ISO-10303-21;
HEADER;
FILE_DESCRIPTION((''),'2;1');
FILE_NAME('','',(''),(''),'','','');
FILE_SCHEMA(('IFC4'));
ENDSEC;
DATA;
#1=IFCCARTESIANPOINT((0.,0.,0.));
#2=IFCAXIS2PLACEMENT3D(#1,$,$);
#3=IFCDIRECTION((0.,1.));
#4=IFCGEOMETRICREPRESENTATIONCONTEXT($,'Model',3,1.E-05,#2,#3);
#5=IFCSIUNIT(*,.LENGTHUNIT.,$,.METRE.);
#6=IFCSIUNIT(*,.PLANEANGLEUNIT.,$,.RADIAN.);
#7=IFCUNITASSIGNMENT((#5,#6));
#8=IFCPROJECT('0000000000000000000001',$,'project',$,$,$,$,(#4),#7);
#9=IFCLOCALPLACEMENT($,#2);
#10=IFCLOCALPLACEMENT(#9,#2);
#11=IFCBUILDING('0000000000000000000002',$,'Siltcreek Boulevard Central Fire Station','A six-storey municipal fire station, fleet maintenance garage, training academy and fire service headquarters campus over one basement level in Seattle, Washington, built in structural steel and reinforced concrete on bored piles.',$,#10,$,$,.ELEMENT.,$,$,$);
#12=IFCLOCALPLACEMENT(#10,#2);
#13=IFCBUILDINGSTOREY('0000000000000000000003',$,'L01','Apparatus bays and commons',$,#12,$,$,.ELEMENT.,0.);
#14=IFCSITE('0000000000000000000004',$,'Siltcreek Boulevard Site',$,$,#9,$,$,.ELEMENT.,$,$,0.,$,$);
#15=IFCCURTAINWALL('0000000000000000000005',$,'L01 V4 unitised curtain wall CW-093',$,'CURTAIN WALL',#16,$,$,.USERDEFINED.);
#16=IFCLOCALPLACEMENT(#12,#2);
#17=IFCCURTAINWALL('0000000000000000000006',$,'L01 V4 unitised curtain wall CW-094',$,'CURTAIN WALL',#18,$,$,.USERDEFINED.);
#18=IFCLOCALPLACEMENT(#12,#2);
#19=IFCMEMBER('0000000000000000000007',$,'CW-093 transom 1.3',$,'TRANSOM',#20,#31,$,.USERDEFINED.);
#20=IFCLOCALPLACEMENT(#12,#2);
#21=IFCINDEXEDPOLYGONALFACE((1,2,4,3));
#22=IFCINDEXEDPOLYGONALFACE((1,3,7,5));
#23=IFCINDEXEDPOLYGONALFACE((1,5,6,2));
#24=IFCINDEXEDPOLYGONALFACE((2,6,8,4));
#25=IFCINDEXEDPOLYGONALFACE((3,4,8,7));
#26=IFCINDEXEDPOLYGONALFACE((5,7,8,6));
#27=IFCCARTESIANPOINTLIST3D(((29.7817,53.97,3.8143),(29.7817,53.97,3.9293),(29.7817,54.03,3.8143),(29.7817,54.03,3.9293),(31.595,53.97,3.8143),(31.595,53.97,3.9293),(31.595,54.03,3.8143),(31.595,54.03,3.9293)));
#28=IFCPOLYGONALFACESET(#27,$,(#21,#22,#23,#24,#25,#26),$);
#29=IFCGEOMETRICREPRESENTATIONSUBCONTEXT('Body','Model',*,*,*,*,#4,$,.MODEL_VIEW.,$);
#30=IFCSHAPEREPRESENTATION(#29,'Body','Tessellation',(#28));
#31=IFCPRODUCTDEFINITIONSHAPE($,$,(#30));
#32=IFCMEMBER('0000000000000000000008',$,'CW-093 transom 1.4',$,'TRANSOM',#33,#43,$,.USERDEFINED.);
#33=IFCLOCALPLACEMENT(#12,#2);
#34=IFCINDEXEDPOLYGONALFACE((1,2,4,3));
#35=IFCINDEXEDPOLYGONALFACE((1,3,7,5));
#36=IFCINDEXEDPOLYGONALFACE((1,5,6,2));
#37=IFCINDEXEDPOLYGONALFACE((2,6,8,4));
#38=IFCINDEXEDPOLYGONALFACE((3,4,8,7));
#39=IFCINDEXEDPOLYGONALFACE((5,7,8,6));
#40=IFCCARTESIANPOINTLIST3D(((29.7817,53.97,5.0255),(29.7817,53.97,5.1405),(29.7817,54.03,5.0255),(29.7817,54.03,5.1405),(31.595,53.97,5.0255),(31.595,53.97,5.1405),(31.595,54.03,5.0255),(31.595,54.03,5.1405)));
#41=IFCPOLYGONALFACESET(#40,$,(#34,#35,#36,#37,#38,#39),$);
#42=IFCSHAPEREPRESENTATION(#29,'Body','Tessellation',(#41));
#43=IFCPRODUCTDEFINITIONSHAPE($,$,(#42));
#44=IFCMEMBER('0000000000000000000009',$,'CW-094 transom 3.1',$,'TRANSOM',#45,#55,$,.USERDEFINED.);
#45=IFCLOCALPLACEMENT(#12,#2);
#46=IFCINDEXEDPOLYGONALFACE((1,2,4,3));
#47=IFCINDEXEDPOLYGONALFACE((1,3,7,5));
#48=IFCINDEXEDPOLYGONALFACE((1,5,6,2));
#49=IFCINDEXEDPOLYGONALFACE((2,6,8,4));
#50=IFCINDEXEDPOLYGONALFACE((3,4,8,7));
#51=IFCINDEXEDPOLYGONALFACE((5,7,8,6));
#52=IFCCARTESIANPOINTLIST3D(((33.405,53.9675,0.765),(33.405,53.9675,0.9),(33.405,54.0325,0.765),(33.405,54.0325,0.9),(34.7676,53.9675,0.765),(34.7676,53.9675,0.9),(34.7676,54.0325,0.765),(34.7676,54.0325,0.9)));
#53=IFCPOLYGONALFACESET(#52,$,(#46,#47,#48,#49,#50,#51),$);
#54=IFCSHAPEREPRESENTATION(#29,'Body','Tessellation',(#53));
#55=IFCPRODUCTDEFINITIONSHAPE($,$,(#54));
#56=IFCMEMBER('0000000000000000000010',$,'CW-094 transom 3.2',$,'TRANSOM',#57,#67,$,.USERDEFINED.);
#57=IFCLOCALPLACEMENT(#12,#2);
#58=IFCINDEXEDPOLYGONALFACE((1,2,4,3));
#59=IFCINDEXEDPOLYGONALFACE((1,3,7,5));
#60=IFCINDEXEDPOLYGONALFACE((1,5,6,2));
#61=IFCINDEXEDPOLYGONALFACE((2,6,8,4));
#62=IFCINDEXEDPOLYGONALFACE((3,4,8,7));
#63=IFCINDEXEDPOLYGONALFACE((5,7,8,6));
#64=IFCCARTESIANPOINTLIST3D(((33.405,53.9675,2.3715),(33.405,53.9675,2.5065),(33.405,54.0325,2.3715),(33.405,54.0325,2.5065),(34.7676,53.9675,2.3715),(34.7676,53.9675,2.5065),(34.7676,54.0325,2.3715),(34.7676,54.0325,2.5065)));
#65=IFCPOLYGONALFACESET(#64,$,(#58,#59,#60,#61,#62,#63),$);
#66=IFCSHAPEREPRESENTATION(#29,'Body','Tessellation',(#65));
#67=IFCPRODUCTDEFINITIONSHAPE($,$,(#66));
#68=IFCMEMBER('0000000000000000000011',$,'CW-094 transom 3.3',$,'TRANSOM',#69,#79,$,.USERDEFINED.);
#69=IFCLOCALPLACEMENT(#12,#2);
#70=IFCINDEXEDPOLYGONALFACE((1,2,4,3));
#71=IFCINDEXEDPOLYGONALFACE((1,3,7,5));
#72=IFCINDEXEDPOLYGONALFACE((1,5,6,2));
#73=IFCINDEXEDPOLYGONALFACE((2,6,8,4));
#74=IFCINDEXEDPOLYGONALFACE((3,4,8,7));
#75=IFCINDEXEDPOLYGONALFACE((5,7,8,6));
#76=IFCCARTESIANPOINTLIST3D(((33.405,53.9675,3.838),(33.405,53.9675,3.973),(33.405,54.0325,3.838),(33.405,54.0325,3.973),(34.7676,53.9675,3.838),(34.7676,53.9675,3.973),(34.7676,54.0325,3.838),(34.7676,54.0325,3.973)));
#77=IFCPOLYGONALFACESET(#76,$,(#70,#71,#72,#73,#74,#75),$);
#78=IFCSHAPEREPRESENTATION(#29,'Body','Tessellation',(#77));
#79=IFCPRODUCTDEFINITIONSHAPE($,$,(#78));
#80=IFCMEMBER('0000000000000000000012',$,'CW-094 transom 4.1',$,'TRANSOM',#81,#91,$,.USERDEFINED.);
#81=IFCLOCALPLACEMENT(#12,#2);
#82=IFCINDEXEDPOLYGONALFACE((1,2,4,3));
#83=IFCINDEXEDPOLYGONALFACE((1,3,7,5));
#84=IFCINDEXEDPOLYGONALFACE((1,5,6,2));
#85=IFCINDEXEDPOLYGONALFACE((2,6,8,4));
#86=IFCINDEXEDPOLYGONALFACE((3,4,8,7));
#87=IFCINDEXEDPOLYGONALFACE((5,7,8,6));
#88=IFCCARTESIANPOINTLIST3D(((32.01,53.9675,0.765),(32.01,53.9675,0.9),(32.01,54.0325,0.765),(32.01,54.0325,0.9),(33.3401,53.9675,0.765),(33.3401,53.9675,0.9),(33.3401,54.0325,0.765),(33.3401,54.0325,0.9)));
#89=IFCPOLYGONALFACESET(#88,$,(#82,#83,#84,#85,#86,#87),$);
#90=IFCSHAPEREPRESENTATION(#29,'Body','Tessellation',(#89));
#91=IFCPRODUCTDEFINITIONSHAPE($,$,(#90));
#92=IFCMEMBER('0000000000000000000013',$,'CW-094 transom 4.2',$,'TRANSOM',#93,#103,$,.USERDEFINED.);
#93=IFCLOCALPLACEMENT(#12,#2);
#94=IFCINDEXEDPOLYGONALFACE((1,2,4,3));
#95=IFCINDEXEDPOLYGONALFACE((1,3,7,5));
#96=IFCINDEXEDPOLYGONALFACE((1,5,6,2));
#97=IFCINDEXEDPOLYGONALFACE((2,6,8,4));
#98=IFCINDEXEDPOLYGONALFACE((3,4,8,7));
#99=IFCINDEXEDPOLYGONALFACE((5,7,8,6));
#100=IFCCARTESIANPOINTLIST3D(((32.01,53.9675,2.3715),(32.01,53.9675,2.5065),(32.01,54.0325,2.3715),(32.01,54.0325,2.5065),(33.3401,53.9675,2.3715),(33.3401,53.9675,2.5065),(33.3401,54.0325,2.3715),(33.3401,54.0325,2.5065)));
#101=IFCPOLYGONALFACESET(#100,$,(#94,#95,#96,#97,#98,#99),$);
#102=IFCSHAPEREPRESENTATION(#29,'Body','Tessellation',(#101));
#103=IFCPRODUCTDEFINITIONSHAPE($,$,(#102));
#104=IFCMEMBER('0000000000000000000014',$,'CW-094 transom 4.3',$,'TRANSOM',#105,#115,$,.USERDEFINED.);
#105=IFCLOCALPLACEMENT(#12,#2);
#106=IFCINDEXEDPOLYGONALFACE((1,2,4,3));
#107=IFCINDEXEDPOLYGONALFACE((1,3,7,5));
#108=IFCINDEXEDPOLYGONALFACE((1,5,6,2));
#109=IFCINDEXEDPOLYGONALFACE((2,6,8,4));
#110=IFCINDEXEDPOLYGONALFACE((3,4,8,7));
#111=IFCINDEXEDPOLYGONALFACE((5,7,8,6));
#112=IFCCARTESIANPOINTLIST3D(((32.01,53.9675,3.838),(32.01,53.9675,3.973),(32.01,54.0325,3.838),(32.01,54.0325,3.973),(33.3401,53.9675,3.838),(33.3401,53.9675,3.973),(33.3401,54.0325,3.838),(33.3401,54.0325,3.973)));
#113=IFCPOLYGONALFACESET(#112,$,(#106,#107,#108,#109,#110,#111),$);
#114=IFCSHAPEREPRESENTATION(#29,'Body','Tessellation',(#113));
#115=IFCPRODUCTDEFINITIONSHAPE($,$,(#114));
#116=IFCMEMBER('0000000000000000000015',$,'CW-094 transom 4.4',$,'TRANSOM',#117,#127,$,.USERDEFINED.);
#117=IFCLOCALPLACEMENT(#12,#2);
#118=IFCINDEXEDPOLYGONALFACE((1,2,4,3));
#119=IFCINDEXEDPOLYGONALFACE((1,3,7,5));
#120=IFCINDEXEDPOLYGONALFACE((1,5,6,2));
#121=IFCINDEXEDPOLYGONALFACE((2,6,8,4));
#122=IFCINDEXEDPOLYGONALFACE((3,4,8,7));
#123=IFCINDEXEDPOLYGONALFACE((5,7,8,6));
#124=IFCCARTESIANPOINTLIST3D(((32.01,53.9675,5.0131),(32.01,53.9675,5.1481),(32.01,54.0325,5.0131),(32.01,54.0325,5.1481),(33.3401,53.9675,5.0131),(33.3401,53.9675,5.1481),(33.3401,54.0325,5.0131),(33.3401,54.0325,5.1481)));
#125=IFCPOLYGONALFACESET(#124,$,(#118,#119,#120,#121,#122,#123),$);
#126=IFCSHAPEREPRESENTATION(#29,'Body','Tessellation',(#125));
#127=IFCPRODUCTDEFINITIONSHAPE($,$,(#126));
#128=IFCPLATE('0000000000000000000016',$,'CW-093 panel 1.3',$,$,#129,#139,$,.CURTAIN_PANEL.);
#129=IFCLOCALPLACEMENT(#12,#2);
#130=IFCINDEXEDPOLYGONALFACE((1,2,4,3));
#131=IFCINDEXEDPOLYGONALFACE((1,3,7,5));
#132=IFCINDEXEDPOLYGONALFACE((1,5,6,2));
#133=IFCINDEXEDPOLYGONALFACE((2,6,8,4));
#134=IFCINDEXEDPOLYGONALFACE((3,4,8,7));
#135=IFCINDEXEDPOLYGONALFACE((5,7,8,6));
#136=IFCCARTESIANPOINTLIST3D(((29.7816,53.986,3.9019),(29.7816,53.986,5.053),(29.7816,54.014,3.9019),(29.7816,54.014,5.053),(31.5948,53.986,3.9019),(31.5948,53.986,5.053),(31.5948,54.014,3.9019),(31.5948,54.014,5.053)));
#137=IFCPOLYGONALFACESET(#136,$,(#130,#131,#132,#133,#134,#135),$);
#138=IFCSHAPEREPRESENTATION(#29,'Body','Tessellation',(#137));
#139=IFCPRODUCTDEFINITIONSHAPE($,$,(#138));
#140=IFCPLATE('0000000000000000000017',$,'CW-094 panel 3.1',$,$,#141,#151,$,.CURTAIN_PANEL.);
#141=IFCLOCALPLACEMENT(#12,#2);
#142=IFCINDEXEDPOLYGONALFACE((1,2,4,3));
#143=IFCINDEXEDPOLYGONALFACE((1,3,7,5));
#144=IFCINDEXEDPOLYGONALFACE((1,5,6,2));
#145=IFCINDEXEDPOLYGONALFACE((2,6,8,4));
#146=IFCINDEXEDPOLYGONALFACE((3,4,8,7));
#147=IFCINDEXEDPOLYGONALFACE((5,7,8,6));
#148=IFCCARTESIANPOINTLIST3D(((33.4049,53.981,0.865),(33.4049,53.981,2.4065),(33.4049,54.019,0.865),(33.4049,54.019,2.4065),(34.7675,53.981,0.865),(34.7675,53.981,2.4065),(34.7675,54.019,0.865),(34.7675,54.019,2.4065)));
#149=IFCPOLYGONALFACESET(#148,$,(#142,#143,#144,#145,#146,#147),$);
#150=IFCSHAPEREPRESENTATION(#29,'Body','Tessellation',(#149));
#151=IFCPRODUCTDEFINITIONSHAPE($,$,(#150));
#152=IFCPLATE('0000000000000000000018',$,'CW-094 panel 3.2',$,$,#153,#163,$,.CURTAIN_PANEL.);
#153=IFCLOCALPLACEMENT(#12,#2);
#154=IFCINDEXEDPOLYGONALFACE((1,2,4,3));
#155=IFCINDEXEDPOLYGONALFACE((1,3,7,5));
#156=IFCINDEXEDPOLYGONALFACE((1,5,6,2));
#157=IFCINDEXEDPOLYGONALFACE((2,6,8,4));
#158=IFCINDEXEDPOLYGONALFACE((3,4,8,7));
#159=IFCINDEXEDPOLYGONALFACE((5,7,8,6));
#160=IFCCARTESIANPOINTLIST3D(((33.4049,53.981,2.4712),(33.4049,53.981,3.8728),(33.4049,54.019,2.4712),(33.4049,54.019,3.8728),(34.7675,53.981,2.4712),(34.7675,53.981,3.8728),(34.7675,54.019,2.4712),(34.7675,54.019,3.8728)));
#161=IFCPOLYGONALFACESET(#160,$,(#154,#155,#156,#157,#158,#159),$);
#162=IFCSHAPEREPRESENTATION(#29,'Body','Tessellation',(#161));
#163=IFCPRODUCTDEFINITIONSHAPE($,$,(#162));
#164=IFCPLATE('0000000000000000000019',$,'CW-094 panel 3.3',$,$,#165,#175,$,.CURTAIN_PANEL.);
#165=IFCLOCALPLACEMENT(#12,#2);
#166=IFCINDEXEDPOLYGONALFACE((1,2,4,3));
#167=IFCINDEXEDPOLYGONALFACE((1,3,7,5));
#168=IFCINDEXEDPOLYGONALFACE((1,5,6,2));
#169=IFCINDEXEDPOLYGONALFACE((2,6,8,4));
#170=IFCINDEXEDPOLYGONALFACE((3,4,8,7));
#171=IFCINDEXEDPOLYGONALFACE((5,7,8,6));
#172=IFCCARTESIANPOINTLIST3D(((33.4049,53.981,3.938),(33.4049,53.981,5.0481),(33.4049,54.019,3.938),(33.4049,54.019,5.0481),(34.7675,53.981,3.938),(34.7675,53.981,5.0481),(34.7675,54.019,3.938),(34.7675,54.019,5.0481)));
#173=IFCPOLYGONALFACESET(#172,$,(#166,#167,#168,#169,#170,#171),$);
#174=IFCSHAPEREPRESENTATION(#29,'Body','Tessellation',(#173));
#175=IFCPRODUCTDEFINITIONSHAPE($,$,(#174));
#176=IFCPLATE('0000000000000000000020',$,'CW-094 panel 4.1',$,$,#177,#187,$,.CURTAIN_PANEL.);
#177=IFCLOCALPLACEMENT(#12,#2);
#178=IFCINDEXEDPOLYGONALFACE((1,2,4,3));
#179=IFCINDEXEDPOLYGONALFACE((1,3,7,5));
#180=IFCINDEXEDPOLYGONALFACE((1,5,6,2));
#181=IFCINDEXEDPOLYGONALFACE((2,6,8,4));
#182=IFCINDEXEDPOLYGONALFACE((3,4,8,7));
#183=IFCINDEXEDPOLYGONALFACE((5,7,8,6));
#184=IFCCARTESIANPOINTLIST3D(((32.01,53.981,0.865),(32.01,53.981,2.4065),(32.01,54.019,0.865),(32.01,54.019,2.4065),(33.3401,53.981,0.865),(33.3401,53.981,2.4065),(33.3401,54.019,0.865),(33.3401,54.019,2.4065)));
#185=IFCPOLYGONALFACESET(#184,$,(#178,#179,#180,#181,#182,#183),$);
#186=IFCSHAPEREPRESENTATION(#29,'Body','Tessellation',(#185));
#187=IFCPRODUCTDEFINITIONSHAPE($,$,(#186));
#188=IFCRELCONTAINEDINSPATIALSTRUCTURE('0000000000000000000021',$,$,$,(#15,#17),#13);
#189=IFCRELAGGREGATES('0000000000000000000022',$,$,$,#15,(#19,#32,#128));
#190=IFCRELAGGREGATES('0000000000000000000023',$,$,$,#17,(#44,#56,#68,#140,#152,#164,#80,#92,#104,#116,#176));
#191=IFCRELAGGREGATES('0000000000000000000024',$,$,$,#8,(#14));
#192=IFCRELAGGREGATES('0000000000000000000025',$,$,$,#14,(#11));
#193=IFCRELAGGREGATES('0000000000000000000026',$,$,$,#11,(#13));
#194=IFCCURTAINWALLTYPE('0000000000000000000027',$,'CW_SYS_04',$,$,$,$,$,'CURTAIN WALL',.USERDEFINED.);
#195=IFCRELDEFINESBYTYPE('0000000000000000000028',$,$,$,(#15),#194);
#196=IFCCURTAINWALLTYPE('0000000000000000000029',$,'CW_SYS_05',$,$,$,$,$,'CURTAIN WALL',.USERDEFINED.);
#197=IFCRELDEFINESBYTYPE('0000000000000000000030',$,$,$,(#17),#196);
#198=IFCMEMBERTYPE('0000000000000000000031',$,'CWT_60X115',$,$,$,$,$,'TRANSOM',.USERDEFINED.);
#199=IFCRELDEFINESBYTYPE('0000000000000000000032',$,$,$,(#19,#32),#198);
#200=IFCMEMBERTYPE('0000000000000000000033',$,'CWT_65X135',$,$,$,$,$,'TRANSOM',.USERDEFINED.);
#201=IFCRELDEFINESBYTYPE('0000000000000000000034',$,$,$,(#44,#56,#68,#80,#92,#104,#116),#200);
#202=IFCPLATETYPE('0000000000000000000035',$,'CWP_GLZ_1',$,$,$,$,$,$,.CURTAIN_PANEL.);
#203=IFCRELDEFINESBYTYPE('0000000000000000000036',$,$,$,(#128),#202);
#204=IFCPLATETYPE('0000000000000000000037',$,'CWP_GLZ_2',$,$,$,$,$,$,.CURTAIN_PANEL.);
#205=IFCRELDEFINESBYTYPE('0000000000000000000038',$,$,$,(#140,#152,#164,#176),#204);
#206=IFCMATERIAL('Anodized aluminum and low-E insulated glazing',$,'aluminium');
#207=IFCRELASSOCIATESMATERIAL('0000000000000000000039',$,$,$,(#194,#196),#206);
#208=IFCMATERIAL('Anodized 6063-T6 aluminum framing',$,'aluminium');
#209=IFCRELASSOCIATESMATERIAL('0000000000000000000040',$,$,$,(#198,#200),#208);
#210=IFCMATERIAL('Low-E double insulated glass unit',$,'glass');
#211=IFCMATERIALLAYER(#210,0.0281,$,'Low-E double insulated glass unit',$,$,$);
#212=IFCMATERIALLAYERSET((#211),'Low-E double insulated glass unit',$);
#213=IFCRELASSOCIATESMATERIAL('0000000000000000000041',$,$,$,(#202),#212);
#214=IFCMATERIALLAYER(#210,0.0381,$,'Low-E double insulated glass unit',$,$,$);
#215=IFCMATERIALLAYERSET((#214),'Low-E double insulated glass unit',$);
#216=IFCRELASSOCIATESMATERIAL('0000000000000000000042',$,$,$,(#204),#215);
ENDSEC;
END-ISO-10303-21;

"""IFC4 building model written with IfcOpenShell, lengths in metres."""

from ifc_helpers import new_model, si_unit, direction, frame, origin, origin_2d, place, context, subcontext, project, spatial, rectangle, extrude, material, layer, layer_set, material_profile, profile_set, type_object, element, aggregate, save


model = new_model("IFC4")

# Units and contexts
model_context = context("Model", 3, precision=1e-05, world=origin(), true_north=direction((0.0, 1.0)))
body_context = subcontext(model_context, "Body", "Model", "MODEL_VIEW")
ifc_project = project(units=[si_unit("LENGTHUNIT", "METRE"), si_unit("PLANEANGLEUNIT", "RADIAN")], contexts=[model_context])

# Site, building, storey
site_placement = place(None, origin())
site = spatial("IfcSite", under=ifc_project, at=site_placement, Name="Siltcreek Boulevard Site", CompositionType="ELEMENT", RefElevation=0.0)
building_placement = place(site_placement, origin())
building = spatial("IfcBuilding", under=site, at=building_placement, Name="Siltcreek Boulevard Central Fire Station", Description="A six-storey municipal fire station, fleet maintenance garage, training academy and fire service headquarters campus over one basement level in Seattle, Washington, built in structural steel and reinforced concrete on bored piles.", CompositionType="ELEMENT")
storey_placement = place(building_placement, origin())
storey = spatial("IfcBuildingStorey", under=building, at=storey_placement, Name="L01", Description="Apparatus bays and commons", CompositionType="ELEMENT", Elevation=0.0)

# Curtain wall
ifc_material_1 = material(Name="Anodized aluminum and low-E insulated glazing", Category="aluminium")
curtain_wall_type_1 = type_object("IfcCurtainWallType", Name="CW_SYS_04", ElementType="CURTAIN WALL", PredefinedType="USERDEFINED", material=ifc_material_1)
curtain_wall_1_placement = place(storey_placement, origin())
curtain_wall_1 = element("IfcCurtainWall", 1, at=curtain_wall_1_placement, inside=storey, type_object=curtain_wall_type_1, Name="L01 V4 unitised curtain wall CW-093", ObjectType="CURTAIN WALL", PredefinedType="USERDEFINED")
ifc_material_2 = material(Name="Anodized 6063-T6 aluminum framing", Category="aluminium")

# Curtain wall
curtain_wall_type_2 = type_object("IfcCurtainWallType", Name="CW_SYS_05", ElementType="CURTAIN WALL", PredefinedType="USERDEFINED", material=ifc_material_1)
curtain_wall_2_placement = place(storey_placement, origin())
curtain_wall_2 = element("IfcCurtainWall", 2, at=curtain_wall_2_placement, inside=storey, type_object=curtain_wall_type_2, Name="L01 V4 unitised curtain wall CW-094", ObjectType="CURTAIN WALL", PredefinedType="USERDEFINED")

# Members
ifc_material_profile_1 = material_profile(ifc_material_2, rectangle(XDim=0.0601, YDim=0.115, at=origin_2d()), Name="TRAN60X115")
ifc_profile_set_1 = profile_set([ifc_material_profile_1], Name="Anodized 6063-T6 aluminum framing")
member_type_1 = type_object("IfcMemberType", Name="CWT_60X115", ElementType="TRANSOM", PredefinedType="USERDEFINED", material=ifc_profile_set_1)
member_1_placement = place(storey_placement, frame((31.595, 54.0, 3.8718), z_axis=(-1.0, 0.0, 0.0), x_axis=(0.0, -1.0, 0.0)))
member_1 = element("IfcMember", 3, at=member_1_placement, type_object=member_type_1, Name="CW-093 transom 1.3", ObjectType="TRANSOM", PredefinedType="USERDEFINED", context=body_context, shape_type="SweptSolid", body=[
    extrude(rectangle(XDim=0.0601, YDim=0.115, at=origin_2d()), origin(), (0.0, 0.0, 1.0), 1.8132),
])
member_2_placement = place(storey_placement, frame((31.595, 54.0, 5.083), z_axis=(-1.0, 0.0, 0.0), x_axis=(0.0, -1.0, 0.0)))
member_2 = element("IfcMember", 4, at=member_2_placement, type_object=member_type_1, Name="CW-093 transom 1.4", ObjectType="TRANSOM", PredefinedType="USERDEFINED", context=body_context, shape_type="SweptSolid", body=[
    extrude(rectangle(XDim=0.0601, YDim=0.115, at=origin_2d()), origin(), (0.0, 0.0, 1.0), 1.8132),
])
ifc_material_profile_2 = material_profile(ifc_material_2, rectangle(XDim=0.0649, YDim=0.135, at=origin_2d()), Name="TRAN65X135")
ifc_profile_set_2 = profile_set([ifc_material_profile_2], Name="Anodized 6063-T6 aluminum framing")
member_type_2 = type_object("IfcMemberType", Name="CWT_65X135", ElementType="TRANSOM", PredefinedType="USERDEFINED", material=ifc_profile_set_2)
member_3_placement = place(storey_placement, frame((34.7676, 54.0, 0.8325), z_axis=(-1.0, 0.0, 0.0), x_axis=(0.0, -1.0, 0.0)))
member_3 = element("IfcMember", 5, at=member_3_placement, type_object=member_type_2, Name="CW-094 transom 3.1", ObjectType="TRANSOM", PredefinedType="USERDEFINED", context=body_context, shape_type="SweptSolid", body=[
    extrude(rectangle(XDim=0.0649, YDim=0.135, at=origin_2d()), origin(), (0.0, 0.0, 1.0), 1.3625),
])
member_4_placement = place(storey_placement, frame((34.7676, 54.0, 2.439), z_axis=(-1.0, 0.0, 0.0), x_axis=(0.0, -1.0, 0.0)))
member_4 = element("IfcMember", 6, at=member_4_placement, type_object=member_type_2, Name="CW-094 transom 3.2", ObjectType="TRANSOM", PredefinedType="USERDEFINED", context=body_context, shape_type="SweptSolid", body=[
    extrude(rectangle(XDim=0.0649, YDim=0.135, at=origin_2d()), origin(), (0.0, 0.0, 1.0), 1.3625),
])
member_5_placement = place(storey_placement, frame((34.7676, 54.0, 3.9055), z_axis=(-1.0, 0.0, 0.0), x_axis=(0.0, -1.0, 0.0)))
member_5 = element("IfcMember", 7, at=member_5_placement, type_object=member_type_2, Name="CW-094 transom 3.3", ObjectType="TRANSOM", PredefinedType="USERDEFINED", context=body_context, shape_type="SweptSolid", body=[
    extrude(rectangle(XDim=0.0649, YDim=0.135, at=origin_2d()), origin(), (0.0, 0.0, 1.0), 1.3625),
])
member_6_placement = place(storey_placement, frame((33.3401, 54.0, 0.8325), z_axis=(-1.0, 0.0, 0.0), x_axis=(0.0, -1.0, 0.0)))
member_6 = element("IfcMember", 8, at=member_6_placement, type_object=member_type_2, Name="CW-094 transom 4.1", ObjectType="TRANSOM", PredefinedType="USERDEFINED", context=body_context, shape_type="SweptSolid", body=[
    extrude(rectangle(XDim=0.0649, YDim=0.135, at=origin_2d()), origin(), (0.0, 0.0, 1.0), 1.3301),
])
member_7_placement = place(storey_placement, frame((33.3401, 54.0, 2.439), z_axis=(-1.0, 0.0, 0.0), x_axis=(0.0, -1.0, 0.0)))
member_7 = element("IfcMember", 9, at=member_7_placement, type_object=member_type_2, Name="CW-094 transom 4.2", ObjectType="TRANSOM", PredefinedType="USERDEFINED", context=body_context, shape_type="SweptSolid", body=[
    extrude(rectangle(XDim=0.0649, YDim=0.135, at=origin_2d()), origin(), (0.0, 0.0, 1.0), 1.3301),
])
member_8_placement = place(storey_placement, frame((33.3401, 54.0, 3.9055), z_axis=(-1.0, 0.0, 0.0), x_axis=(0.0, -1.0, 0.0)))
member_8 = element("IfcMember", 10, at=member_8_placement, type_object=member_type_2, Name="CW-094 transom 4.3", ObjectType="TRANSOM", PredefinedType="USERDEFINED", context=body_context, shape_type="SweptSolid", body=[
    extrude(rectangle(XDim=0.0649, YDim=0.135, at=origin_2d()), origin(), (0.0, 0.0, 1.0), 1.3301),
])
member_9_placement = place(storey_placement, frame((33.3401, 54.0, 5.0806), z_axis=(-1.0, 0.0, 0.0), x_axis=(0.0, -1.0, 0.0)))
member_9 = element("IfcMember", 11, at=member_9_placement, type_object=member_type_2, Name="CW-094 transom 4.4", ObjectType="TRANSOM", PredefinedType="USERDEFINED", context=body_context, shape_type="SweptSolid", body=[
    extrude(rectangle(XDim=0.0649, YDim=0.135, at=origin_2d()), origin(), (0.0, 0.0, 1.0), 1.3301),
])

# Plates
ifc_material_3 = material(Name="Low-E double insulated glass unit", Category="glass")
ifc_layer_1 = layer(ifc_material_3, 0.0281, Name="Low-E double insulated glass unit")
ifc_layer_set_1 = layer_set([ifc_layer_1], Name="Low-E double insulated glass unit")
plate_type_1 = type_object("IfcPlateType", Name="CWP_GLZ_1", PredefinedType="CURTAIN_PANEL", material=ifc_layer_set_1)
plate_1_placement = place(storey_placement, frame((30.6882, 54.0, 3.9019), z_axis=(0.0, 0.0, 1.0), x_axis=(-1.0, 0.0, 0.0)))
plate_1 = element("IfcPlate", 12, at=plate_1_placement, type_object=plate_type_1, Name="CW-093 panel 1.3", PredefinedType="CURTAIN_PANEL", context=body_context, shape_type="SweptSolid", body=[
    extrude(rectangle(XDim=1.8132, YDim=0.0281, at=origin_2d()), origin(), (0.0, 0.0, 1.0), 1.1511),
])
aggregate(curtain_wall_1, [member_1, member_2, plate_1])
ifc_layer_2 = layer(ifc_material_3, 0.0381, Name="Low-E double insulated glass unit")
ifc_layer_set_2 = layer_set([ifc_layer_2], Name="Low-E double insulated glass unit")
plate_type_2 = type_object("IfcPlateType", Name="CWP_GLZ_2", PredefinedType="CURTAIN_PANEL", material=ifc_layer_set_2)
plate_2_placement = place(storey_placement, frame((34.0862, 54.0, 0.865), z_axis=(0.0, 0.0, 1.0), x_axis=(-1.0, 0.0, 0.0)))
plate_2 = element("IfcPlate", 13, at=plate_2_placement, type_object=plate_type_2, Name="CW-094 panel 3.1", PredefinedType="CURTAIN_PANEL", context=body_context, shape_type="SweptSolid", body=[
    extrude(rectangle(XDim=1.3625, YDim=0.0381, at=origin_2d()), origin(), (0.0, 0.0, 1.0), 1.5415),
])
plate_3_placement = place(storey_placement, frame((34.0862, 54.0, 2.4712), z_axis=(0.0, 0.0, 1.0), x_axis=(-1.0, 0.0, 0.0)))
plate_3 = element("IfcPlate", 14, at=plate_3_placement, type_object=plate_type_2, Name="CW-094 panel 3.2", PredefinedType="CURTAIN_PANEL", context=body_context, shape_type="SweptSolid", body=[
    extrude(rectangle(XDim=1.3625, YDim=0.0381, at=origin_2d()), origin(), (0.0, 0.0, 1.0), 1.4016),
])
plate_4_placement = place(storey_placement, frame((34.0862, 54.0, 3.938), z_axis=(0.0, 0.0, 1.0), x_axis=(-1.0, 0.0, 0.0)))
plate_4 = element("IfcPlate", 15, at=plate_4_placement, type_object=plate_type_2, Name="CW-094 panel 3.3", PredefinedType="CURTAIN_PANEL", context=body_context, shape_type="SweptSolid", body=[
    extrude(rectangle(XDim=1.3625, YDim=0.0381, at=origin_2d()), origin(), (0.0, 0.0, 1.0), 1.1101),
])
plate_5_placement = place(storey_placement, frame((32.675, 54.0, 0.865), z_axis=(0.0, 0.0, 1.0), x_axis=(-1.0, 0.0, 0.0)))
plate_5 = element("IfcPlate", 16, at=plate_5_placement, type_object=plate_type_2, Name="CW-094 panel 4.1", PredefinedType="CURTAIN_PANEL", context=body_context, shape_type="SweptSolid", body=[
    extrude(rectangle(XDim=1.3301, YDim=0.0381, at=origin_2d()), origin(), (0.0, 0.0, 1.0), 1.5415),
])
aggregate(curtain_wall_2, [member_3, member_4, member_5, plate_2, plate_3, plate_4, member_6, member_7, member_8, member_9, plate_5])

save(model, "model.ifc")
